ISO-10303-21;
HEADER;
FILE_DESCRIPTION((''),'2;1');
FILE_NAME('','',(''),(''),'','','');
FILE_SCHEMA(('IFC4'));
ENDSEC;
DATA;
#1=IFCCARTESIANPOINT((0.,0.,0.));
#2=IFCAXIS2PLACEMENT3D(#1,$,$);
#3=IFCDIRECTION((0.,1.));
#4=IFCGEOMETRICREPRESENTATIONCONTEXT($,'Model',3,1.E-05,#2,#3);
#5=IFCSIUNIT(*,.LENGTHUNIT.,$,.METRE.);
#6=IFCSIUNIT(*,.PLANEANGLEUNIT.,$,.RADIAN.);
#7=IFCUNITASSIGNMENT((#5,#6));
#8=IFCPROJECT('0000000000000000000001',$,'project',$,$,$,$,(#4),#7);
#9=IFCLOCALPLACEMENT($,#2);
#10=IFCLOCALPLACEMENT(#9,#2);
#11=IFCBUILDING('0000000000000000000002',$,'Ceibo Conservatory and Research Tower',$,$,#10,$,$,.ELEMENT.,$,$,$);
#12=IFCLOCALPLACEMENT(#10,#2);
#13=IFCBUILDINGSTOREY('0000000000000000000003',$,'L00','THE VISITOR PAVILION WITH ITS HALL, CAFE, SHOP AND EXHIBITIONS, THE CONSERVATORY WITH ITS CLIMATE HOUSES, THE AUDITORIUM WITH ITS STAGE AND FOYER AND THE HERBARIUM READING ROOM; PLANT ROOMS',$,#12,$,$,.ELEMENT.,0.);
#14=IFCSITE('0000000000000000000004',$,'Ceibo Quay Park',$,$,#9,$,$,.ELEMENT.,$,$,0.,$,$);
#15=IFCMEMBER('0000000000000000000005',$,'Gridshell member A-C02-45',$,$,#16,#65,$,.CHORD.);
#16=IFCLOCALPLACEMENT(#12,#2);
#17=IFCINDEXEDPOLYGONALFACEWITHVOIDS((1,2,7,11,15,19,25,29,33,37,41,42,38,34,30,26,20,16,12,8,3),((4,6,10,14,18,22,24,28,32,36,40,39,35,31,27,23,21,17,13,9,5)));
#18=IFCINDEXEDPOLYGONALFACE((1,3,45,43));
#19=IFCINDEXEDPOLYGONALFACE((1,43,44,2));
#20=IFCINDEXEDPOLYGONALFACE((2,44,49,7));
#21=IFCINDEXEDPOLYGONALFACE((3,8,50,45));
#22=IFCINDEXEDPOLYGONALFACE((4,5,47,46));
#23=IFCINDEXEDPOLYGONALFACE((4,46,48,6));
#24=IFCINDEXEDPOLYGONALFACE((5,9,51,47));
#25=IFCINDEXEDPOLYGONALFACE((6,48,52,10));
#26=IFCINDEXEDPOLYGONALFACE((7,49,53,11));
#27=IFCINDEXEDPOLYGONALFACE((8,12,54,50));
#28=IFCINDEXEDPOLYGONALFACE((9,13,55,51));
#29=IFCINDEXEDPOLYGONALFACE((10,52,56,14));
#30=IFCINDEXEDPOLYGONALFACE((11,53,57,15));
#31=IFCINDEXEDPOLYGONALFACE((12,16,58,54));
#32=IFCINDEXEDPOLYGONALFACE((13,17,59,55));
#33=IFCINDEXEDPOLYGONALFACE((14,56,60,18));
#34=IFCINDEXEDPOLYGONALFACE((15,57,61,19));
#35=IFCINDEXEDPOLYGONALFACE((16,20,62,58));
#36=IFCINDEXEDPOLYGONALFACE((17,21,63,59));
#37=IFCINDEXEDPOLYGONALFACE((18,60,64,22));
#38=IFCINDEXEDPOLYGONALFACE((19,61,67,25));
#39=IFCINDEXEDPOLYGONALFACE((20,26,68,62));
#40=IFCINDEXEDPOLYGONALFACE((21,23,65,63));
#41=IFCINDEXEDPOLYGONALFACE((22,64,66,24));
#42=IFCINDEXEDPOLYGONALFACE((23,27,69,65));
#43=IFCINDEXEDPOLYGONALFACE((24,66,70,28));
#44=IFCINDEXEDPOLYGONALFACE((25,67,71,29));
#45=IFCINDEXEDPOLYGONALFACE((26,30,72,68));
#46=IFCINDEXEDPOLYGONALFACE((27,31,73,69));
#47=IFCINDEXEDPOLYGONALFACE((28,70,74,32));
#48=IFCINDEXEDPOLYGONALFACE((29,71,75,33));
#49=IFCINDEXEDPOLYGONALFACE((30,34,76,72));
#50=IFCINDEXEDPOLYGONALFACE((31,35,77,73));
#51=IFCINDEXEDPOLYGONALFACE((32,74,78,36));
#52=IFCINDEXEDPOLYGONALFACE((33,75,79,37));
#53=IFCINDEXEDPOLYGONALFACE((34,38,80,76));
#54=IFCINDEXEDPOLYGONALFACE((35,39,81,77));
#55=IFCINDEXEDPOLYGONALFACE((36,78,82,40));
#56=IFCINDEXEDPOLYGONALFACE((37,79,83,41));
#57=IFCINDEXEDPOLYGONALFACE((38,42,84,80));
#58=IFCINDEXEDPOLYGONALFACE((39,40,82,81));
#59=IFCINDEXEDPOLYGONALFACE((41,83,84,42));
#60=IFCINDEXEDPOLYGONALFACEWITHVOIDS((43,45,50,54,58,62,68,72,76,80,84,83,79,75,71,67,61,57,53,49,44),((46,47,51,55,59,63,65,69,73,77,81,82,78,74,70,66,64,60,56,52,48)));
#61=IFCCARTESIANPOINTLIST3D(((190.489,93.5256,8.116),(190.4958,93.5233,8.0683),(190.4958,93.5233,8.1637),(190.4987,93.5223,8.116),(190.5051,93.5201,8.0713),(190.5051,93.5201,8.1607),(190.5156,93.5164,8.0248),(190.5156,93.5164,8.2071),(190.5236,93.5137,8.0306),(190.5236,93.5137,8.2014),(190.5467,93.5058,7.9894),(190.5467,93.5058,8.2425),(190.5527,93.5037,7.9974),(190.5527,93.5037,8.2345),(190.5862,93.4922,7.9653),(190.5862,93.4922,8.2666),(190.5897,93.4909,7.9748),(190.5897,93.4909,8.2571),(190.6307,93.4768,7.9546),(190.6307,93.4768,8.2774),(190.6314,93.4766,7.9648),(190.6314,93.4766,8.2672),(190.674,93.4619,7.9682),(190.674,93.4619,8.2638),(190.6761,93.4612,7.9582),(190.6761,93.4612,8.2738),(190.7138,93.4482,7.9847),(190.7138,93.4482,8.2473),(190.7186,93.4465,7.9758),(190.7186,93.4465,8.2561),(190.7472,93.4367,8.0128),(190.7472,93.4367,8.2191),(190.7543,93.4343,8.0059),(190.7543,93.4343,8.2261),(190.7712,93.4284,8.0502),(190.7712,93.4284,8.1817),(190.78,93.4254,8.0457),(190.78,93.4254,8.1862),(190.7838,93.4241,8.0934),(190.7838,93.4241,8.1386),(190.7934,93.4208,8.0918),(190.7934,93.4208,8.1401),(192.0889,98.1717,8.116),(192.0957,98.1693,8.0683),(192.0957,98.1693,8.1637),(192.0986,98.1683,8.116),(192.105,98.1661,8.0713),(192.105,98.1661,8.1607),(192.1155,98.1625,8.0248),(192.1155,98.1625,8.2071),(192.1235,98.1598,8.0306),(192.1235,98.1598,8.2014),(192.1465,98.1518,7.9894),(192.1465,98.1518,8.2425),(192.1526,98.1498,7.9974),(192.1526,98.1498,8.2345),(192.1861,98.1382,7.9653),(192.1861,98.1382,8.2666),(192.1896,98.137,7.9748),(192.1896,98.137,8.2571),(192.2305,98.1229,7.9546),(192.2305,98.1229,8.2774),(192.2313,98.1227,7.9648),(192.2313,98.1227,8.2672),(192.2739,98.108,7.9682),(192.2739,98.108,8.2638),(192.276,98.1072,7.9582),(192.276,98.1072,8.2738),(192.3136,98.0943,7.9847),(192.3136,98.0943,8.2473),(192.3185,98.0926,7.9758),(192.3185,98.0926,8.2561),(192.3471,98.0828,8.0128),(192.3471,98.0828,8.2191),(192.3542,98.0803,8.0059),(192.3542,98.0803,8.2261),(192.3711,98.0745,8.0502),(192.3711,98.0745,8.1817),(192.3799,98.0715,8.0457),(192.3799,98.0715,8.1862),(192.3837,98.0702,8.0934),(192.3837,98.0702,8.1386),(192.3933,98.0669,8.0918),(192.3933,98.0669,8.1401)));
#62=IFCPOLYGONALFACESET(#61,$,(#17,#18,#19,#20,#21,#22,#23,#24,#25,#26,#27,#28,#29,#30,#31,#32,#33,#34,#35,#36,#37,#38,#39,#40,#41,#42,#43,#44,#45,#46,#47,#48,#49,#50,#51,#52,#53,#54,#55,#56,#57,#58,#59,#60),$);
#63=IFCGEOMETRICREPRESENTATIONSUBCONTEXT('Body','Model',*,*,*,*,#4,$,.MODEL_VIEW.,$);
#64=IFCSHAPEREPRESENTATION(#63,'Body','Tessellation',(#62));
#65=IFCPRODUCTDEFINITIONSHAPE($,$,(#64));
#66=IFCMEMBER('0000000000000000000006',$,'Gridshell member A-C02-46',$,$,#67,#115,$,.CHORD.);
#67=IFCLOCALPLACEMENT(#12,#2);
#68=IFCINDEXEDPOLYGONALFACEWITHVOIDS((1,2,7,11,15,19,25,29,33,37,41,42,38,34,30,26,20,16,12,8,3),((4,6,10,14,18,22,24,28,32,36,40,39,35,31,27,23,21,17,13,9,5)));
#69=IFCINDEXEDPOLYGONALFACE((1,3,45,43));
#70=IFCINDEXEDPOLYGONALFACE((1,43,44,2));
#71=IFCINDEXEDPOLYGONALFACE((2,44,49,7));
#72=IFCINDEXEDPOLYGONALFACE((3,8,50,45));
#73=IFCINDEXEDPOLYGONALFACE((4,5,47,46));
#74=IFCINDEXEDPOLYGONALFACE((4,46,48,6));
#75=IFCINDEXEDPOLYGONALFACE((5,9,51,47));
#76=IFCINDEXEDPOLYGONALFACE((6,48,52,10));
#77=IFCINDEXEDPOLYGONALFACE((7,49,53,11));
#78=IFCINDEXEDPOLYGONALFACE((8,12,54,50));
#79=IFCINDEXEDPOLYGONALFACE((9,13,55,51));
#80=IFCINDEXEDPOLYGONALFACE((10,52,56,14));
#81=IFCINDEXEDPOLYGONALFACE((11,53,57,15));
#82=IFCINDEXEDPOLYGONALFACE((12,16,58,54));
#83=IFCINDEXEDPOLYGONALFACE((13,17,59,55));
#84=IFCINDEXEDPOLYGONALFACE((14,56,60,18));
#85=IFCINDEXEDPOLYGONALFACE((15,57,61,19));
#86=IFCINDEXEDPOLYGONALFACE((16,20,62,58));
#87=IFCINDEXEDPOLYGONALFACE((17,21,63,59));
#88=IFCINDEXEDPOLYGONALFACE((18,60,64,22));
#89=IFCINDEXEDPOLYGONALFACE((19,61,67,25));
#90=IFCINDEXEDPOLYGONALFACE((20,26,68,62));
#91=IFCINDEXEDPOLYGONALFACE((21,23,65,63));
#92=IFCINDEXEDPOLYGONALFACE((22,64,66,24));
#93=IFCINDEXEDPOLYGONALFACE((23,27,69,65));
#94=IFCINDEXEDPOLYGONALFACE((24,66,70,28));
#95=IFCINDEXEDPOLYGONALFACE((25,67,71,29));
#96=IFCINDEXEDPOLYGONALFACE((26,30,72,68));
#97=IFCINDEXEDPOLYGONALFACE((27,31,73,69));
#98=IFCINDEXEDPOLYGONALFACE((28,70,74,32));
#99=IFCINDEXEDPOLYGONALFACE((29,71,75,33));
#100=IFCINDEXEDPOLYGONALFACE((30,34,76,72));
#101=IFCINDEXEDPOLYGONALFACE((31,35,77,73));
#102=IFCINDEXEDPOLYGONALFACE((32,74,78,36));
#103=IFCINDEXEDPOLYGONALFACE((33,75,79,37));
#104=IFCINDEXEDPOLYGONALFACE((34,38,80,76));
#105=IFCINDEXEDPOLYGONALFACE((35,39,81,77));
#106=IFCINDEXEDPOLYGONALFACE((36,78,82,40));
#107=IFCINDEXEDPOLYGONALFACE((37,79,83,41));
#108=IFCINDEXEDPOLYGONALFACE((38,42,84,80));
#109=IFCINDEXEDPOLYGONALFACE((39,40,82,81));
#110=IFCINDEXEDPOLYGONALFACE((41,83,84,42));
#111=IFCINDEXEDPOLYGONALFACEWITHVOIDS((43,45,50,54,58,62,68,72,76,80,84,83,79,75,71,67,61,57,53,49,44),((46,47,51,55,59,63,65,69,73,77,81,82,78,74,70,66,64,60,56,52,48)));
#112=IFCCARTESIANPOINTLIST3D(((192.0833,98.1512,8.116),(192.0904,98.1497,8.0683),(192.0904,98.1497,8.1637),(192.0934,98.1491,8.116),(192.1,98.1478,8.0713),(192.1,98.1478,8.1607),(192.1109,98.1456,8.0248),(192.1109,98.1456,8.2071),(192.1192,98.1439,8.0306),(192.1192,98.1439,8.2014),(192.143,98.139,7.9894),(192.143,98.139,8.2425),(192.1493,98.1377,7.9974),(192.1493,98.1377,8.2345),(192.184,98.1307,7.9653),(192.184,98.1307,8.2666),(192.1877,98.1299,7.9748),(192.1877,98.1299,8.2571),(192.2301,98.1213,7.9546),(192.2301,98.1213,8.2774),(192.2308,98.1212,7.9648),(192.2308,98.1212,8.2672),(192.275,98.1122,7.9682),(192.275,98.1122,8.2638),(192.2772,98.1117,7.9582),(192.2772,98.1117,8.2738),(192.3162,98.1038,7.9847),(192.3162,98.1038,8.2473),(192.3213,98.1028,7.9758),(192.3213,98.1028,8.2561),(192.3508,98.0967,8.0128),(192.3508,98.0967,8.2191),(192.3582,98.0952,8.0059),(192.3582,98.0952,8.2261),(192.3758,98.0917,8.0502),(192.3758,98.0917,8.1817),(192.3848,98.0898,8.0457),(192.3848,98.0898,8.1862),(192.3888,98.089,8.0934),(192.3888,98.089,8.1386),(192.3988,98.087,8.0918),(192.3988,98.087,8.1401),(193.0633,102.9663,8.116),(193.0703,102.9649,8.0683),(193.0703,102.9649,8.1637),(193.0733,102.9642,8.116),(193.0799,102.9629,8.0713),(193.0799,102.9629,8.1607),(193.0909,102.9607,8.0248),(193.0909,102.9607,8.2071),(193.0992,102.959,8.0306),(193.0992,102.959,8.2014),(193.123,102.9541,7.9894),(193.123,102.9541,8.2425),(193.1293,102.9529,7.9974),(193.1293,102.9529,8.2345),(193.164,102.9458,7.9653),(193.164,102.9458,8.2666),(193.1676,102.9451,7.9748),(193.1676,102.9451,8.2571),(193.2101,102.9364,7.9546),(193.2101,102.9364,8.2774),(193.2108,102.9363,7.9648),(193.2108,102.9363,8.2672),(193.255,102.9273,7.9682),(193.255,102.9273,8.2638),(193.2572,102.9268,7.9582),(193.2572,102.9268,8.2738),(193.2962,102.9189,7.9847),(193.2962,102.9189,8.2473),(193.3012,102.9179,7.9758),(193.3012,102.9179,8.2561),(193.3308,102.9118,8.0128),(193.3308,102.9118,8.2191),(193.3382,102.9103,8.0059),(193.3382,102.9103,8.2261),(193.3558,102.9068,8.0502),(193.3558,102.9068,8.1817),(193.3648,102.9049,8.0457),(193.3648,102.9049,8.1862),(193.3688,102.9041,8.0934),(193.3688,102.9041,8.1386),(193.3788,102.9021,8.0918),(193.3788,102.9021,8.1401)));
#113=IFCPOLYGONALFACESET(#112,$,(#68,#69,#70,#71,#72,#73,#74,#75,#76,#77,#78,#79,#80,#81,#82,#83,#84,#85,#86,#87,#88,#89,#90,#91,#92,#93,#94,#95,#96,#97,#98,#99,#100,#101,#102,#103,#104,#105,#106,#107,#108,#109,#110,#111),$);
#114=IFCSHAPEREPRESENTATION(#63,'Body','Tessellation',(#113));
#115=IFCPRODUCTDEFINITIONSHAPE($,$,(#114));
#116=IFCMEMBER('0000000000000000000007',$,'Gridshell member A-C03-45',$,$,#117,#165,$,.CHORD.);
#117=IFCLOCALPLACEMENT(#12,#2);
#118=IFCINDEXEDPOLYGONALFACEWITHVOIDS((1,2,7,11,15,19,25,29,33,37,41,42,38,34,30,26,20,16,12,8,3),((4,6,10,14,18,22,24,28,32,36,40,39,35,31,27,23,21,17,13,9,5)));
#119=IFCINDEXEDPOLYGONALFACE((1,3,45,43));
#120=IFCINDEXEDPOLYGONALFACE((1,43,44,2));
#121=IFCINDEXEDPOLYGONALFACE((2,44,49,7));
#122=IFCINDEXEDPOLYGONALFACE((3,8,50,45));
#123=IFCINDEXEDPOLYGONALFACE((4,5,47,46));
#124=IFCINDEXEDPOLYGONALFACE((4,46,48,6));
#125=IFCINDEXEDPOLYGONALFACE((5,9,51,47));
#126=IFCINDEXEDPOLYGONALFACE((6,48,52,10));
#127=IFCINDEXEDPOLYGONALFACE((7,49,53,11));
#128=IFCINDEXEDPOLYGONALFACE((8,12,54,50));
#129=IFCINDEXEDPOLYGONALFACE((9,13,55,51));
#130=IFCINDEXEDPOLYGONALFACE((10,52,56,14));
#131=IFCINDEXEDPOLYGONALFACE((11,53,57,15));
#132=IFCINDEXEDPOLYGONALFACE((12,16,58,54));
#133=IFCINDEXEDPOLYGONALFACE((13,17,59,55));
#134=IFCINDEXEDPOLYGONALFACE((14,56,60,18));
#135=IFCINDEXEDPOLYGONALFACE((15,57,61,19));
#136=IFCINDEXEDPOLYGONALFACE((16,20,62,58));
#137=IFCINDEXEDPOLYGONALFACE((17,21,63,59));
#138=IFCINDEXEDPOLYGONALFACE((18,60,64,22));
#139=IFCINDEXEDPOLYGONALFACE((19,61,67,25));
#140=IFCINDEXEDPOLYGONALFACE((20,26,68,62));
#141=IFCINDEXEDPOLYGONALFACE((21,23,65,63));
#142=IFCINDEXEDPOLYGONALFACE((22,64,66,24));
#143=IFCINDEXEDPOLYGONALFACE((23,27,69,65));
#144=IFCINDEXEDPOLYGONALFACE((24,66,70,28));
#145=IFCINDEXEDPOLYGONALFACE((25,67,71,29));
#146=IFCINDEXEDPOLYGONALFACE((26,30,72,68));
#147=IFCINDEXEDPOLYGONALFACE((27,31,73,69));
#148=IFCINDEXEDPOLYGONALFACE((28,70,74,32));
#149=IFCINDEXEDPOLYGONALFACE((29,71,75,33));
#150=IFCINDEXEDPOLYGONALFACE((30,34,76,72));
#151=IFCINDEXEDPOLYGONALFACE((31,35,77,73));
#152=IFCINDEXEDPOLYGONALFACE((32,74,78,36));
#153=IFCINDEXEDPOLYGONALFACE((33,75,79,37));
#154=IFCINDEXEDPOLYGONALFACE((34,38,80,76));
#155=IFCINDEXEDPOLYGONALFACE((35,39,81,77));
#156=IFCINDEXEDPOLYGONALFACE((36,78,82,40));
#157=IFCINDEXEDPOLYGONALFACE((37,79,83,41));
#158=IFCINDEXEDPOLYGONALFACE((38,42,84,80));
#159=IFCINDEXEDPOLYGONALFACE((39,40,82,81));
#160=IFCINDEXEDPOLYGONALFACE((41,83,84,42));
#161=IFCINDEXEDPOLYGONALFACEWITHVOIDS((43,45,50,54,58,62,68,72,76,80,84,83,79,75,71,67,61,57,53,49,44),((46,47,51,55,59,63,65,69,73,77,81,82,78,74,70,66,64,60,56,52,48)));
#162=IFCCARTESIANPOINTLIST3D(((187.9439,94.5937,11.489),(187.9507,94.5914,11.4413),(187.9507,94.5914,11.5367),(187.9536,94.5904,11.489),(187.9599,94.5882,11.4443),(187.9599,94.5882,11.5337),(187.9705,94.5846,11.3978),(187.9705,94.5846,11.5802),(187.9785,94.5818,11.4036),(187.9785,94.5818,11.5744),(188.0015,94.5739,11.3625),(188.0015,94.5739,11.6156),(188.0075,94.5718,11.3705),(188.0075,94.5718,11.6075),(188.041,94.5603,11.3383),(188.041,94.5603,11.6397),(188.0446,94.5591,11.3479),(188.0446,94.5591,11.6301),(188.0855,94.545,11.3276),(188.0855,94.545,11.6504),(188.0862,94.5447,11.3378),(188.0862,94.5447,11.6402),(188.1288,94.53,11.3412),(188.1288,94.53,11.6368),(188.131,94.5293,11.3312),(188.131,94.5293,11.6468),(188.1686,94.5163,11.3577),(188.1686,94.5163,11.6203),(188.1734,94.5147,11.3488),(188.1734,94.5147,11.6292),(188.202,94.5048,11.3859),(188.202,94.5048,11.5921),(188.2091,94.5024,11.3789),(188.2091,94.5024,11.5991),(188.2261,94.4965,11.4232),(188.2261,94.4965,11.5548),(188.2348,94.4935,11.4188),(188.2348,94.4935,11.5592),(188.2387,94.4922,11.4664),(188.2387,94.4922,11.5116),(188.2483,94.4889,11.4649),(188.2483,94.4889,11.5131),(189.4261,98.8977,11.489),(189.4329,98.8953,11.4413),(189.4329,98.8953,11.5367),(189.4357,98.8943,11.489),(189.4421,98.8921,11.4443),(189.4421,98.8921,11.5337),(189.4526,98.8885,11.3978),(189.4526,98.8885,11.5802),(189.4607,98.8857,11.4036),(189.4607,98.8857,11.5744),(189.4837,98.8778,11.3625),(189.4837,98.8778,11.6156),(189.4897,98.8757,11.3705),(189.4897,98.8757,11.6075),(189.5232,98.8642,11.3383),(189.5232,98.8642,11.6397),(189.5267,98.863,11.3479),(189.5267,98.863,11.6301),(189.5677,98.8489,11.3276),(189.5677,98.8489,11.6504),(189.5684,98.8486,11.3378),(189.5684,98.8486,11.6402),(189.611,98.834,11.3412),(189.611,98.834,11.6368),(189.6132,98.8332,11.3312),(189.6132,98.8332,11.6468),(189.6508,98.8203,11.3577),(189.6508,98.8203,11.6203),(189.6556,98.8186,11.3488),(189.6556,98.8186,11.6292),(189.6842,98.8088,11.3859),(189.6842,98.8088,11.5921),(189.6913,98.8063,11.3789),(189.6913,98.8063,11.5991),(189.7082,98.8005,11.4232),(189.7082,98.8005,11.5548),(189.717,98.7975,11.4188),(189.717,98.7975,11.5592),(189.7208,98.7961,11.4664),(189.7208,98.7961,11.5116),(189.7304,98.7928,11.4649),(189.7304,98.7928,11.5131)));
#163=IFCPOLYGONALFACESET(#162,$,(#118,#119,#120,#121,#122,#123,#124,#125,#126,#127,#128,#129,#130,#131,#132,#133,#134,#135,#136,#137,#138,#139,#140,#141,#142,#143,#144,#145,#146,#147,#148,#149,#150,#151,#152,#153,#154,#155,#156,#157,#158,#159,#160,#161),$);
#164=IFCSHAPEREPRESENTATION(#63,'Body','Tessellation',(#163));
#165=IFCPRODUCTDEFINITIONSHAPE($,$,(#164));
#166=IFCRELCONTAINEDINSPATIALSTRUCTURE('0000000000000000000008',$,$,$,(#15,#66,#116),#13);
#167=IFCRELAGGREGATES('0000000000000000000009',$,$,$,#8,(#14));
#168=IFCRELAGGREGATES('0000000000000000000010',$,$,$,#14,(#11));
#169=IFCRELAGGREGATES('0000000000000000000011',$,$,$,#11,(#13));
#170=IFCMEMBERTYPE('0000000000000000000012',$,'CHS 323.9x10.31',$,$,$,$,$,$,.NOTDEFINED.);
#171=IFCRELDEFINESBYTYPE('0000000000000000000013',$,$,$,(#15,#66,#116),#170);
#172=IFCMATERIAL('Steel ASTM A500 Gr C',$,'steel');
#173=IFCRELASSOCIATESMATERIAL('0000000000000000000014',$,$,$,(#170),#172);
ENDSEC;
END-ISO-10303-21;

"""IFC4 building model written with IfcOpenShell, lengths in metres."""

from ifc_helpers import new_model, si_unit, direction, frame, origin, origin_2d, place, context, subcontext, project, spatial, hollow_circle, extrude, material, material_profile, profile_set, type_object, element, save


model = new_model("IFC4")

# Units and contexts
model_context = context("Model", 3, precision=1e-05, world=origin(), true_north=direction((0.0, 1.0)))
body_context = subcontext(model_context, "Body", "Model", "MODEL_VIEW")
ifc_project = project(units=[si_unit("LENGTHUNIT", "METRE"), si_unit("PLANEANGLEUNIT", "RADIAN")], contexts=[model_context])

# Site, building, storey
site_placement = place(None, origin())
site = spatial("IfcSite", under=ifc_project, at=site_placement, Name="Ceibo Quay Park", CompositionType="ELEMENT", RefElevation=0.0)
building_placement = place(site_placement, origin())
building = spatial("IfcBuilding", under=site, at=building_placement, Name="Ceibo Conservatory and Research Tower", CompositionType="ELEMENT")
storey_placement = place(building_placement, origin())
storey = spatial("IfcBuildingStorey", under=building, at=storey_placement, Name="L00", Description="THE VISITOR PAVILION WITH ITS HALL, CAFE, SHOP AND EXHIBITIONS, THE CONSERVATORY WITH ITS CLIMATE HOUSES, THE AUDITORIUM WITH ITS STAGE AND FOYER AND THE HERBARIUM READING ROOM; PLANT ROOMS", CompositionType="ELEMENT", Elevation=0.0)

# Members
ifc_material_1 = material(Name="Steel ASTM A500 Gr C", Category="steel")
ifc_material_profile_1 = material_profile(ifc_material_1, hollow_circle(Radius=0.1619, WallThickness=0.0103, at=origin_2d()), Name="CHS 323.9x10.31")
ifc_profile_set_1 = profile_set([ifc_material_profile_1], Name="Steel ASTM A500 Gr C")
member_type_1 = type_object("IfcMemberType", Name="CHS 323.9x10.31", PredefinedType="NOTDEFINED", material=ifc_profile_set_1)
for number, where, z_axis, x_axis, name in (
    (1, (190.6421, 93.4729, 8.116), (0.325588, 0.945512, 0.0), (-0.945512, 0.325588, 0.0), "Gridshell member A-C02-45"),
    (2, (192.2419, 98.1189, 8.116), (0.19943, 0.979912, 0.0), (-0.979912, 0.19943, 0.0), "Gridshell member A-C02-46"),
):
    element("IfcMember", number, at=place(storey_placement, frame(where, z_axis=z_axis, x_axis=x_axis)), inside=storey, type_object=member_type_1, Name=name, PredefinedType="CHORD", context=body_context, shape_type="SweptSolid", body=[
        extrude(hollow_circle(Radius=0.1619, WallThickness=0.0103, at=origin_2d()), origin(), (0.0, 0.0, 1.0), 4.9138),
    ])
member_1_placement = place(storey_placement, frame((188.0969, 94.541, 11.489), z_axis=(0.325609, 0.945505, 0.0), x_axis=(-0.945505, 0.325609, 0.0)))
element("IfcMember", 3, at=member_1_placement, inside=storey, type_object=member_type_1, Name="Gridshell member A-C03-45", PredefinedType="CHORD", context=body_context, shape_type="SweptSolid", body=[
    extrude(hollow_circle(Radius=0.1619, WallThickness=0.0103, at=origin_2d()), origin(), (0.0, 0.0, 1.0), 4.552),
])

save(model, "model.ifc")
